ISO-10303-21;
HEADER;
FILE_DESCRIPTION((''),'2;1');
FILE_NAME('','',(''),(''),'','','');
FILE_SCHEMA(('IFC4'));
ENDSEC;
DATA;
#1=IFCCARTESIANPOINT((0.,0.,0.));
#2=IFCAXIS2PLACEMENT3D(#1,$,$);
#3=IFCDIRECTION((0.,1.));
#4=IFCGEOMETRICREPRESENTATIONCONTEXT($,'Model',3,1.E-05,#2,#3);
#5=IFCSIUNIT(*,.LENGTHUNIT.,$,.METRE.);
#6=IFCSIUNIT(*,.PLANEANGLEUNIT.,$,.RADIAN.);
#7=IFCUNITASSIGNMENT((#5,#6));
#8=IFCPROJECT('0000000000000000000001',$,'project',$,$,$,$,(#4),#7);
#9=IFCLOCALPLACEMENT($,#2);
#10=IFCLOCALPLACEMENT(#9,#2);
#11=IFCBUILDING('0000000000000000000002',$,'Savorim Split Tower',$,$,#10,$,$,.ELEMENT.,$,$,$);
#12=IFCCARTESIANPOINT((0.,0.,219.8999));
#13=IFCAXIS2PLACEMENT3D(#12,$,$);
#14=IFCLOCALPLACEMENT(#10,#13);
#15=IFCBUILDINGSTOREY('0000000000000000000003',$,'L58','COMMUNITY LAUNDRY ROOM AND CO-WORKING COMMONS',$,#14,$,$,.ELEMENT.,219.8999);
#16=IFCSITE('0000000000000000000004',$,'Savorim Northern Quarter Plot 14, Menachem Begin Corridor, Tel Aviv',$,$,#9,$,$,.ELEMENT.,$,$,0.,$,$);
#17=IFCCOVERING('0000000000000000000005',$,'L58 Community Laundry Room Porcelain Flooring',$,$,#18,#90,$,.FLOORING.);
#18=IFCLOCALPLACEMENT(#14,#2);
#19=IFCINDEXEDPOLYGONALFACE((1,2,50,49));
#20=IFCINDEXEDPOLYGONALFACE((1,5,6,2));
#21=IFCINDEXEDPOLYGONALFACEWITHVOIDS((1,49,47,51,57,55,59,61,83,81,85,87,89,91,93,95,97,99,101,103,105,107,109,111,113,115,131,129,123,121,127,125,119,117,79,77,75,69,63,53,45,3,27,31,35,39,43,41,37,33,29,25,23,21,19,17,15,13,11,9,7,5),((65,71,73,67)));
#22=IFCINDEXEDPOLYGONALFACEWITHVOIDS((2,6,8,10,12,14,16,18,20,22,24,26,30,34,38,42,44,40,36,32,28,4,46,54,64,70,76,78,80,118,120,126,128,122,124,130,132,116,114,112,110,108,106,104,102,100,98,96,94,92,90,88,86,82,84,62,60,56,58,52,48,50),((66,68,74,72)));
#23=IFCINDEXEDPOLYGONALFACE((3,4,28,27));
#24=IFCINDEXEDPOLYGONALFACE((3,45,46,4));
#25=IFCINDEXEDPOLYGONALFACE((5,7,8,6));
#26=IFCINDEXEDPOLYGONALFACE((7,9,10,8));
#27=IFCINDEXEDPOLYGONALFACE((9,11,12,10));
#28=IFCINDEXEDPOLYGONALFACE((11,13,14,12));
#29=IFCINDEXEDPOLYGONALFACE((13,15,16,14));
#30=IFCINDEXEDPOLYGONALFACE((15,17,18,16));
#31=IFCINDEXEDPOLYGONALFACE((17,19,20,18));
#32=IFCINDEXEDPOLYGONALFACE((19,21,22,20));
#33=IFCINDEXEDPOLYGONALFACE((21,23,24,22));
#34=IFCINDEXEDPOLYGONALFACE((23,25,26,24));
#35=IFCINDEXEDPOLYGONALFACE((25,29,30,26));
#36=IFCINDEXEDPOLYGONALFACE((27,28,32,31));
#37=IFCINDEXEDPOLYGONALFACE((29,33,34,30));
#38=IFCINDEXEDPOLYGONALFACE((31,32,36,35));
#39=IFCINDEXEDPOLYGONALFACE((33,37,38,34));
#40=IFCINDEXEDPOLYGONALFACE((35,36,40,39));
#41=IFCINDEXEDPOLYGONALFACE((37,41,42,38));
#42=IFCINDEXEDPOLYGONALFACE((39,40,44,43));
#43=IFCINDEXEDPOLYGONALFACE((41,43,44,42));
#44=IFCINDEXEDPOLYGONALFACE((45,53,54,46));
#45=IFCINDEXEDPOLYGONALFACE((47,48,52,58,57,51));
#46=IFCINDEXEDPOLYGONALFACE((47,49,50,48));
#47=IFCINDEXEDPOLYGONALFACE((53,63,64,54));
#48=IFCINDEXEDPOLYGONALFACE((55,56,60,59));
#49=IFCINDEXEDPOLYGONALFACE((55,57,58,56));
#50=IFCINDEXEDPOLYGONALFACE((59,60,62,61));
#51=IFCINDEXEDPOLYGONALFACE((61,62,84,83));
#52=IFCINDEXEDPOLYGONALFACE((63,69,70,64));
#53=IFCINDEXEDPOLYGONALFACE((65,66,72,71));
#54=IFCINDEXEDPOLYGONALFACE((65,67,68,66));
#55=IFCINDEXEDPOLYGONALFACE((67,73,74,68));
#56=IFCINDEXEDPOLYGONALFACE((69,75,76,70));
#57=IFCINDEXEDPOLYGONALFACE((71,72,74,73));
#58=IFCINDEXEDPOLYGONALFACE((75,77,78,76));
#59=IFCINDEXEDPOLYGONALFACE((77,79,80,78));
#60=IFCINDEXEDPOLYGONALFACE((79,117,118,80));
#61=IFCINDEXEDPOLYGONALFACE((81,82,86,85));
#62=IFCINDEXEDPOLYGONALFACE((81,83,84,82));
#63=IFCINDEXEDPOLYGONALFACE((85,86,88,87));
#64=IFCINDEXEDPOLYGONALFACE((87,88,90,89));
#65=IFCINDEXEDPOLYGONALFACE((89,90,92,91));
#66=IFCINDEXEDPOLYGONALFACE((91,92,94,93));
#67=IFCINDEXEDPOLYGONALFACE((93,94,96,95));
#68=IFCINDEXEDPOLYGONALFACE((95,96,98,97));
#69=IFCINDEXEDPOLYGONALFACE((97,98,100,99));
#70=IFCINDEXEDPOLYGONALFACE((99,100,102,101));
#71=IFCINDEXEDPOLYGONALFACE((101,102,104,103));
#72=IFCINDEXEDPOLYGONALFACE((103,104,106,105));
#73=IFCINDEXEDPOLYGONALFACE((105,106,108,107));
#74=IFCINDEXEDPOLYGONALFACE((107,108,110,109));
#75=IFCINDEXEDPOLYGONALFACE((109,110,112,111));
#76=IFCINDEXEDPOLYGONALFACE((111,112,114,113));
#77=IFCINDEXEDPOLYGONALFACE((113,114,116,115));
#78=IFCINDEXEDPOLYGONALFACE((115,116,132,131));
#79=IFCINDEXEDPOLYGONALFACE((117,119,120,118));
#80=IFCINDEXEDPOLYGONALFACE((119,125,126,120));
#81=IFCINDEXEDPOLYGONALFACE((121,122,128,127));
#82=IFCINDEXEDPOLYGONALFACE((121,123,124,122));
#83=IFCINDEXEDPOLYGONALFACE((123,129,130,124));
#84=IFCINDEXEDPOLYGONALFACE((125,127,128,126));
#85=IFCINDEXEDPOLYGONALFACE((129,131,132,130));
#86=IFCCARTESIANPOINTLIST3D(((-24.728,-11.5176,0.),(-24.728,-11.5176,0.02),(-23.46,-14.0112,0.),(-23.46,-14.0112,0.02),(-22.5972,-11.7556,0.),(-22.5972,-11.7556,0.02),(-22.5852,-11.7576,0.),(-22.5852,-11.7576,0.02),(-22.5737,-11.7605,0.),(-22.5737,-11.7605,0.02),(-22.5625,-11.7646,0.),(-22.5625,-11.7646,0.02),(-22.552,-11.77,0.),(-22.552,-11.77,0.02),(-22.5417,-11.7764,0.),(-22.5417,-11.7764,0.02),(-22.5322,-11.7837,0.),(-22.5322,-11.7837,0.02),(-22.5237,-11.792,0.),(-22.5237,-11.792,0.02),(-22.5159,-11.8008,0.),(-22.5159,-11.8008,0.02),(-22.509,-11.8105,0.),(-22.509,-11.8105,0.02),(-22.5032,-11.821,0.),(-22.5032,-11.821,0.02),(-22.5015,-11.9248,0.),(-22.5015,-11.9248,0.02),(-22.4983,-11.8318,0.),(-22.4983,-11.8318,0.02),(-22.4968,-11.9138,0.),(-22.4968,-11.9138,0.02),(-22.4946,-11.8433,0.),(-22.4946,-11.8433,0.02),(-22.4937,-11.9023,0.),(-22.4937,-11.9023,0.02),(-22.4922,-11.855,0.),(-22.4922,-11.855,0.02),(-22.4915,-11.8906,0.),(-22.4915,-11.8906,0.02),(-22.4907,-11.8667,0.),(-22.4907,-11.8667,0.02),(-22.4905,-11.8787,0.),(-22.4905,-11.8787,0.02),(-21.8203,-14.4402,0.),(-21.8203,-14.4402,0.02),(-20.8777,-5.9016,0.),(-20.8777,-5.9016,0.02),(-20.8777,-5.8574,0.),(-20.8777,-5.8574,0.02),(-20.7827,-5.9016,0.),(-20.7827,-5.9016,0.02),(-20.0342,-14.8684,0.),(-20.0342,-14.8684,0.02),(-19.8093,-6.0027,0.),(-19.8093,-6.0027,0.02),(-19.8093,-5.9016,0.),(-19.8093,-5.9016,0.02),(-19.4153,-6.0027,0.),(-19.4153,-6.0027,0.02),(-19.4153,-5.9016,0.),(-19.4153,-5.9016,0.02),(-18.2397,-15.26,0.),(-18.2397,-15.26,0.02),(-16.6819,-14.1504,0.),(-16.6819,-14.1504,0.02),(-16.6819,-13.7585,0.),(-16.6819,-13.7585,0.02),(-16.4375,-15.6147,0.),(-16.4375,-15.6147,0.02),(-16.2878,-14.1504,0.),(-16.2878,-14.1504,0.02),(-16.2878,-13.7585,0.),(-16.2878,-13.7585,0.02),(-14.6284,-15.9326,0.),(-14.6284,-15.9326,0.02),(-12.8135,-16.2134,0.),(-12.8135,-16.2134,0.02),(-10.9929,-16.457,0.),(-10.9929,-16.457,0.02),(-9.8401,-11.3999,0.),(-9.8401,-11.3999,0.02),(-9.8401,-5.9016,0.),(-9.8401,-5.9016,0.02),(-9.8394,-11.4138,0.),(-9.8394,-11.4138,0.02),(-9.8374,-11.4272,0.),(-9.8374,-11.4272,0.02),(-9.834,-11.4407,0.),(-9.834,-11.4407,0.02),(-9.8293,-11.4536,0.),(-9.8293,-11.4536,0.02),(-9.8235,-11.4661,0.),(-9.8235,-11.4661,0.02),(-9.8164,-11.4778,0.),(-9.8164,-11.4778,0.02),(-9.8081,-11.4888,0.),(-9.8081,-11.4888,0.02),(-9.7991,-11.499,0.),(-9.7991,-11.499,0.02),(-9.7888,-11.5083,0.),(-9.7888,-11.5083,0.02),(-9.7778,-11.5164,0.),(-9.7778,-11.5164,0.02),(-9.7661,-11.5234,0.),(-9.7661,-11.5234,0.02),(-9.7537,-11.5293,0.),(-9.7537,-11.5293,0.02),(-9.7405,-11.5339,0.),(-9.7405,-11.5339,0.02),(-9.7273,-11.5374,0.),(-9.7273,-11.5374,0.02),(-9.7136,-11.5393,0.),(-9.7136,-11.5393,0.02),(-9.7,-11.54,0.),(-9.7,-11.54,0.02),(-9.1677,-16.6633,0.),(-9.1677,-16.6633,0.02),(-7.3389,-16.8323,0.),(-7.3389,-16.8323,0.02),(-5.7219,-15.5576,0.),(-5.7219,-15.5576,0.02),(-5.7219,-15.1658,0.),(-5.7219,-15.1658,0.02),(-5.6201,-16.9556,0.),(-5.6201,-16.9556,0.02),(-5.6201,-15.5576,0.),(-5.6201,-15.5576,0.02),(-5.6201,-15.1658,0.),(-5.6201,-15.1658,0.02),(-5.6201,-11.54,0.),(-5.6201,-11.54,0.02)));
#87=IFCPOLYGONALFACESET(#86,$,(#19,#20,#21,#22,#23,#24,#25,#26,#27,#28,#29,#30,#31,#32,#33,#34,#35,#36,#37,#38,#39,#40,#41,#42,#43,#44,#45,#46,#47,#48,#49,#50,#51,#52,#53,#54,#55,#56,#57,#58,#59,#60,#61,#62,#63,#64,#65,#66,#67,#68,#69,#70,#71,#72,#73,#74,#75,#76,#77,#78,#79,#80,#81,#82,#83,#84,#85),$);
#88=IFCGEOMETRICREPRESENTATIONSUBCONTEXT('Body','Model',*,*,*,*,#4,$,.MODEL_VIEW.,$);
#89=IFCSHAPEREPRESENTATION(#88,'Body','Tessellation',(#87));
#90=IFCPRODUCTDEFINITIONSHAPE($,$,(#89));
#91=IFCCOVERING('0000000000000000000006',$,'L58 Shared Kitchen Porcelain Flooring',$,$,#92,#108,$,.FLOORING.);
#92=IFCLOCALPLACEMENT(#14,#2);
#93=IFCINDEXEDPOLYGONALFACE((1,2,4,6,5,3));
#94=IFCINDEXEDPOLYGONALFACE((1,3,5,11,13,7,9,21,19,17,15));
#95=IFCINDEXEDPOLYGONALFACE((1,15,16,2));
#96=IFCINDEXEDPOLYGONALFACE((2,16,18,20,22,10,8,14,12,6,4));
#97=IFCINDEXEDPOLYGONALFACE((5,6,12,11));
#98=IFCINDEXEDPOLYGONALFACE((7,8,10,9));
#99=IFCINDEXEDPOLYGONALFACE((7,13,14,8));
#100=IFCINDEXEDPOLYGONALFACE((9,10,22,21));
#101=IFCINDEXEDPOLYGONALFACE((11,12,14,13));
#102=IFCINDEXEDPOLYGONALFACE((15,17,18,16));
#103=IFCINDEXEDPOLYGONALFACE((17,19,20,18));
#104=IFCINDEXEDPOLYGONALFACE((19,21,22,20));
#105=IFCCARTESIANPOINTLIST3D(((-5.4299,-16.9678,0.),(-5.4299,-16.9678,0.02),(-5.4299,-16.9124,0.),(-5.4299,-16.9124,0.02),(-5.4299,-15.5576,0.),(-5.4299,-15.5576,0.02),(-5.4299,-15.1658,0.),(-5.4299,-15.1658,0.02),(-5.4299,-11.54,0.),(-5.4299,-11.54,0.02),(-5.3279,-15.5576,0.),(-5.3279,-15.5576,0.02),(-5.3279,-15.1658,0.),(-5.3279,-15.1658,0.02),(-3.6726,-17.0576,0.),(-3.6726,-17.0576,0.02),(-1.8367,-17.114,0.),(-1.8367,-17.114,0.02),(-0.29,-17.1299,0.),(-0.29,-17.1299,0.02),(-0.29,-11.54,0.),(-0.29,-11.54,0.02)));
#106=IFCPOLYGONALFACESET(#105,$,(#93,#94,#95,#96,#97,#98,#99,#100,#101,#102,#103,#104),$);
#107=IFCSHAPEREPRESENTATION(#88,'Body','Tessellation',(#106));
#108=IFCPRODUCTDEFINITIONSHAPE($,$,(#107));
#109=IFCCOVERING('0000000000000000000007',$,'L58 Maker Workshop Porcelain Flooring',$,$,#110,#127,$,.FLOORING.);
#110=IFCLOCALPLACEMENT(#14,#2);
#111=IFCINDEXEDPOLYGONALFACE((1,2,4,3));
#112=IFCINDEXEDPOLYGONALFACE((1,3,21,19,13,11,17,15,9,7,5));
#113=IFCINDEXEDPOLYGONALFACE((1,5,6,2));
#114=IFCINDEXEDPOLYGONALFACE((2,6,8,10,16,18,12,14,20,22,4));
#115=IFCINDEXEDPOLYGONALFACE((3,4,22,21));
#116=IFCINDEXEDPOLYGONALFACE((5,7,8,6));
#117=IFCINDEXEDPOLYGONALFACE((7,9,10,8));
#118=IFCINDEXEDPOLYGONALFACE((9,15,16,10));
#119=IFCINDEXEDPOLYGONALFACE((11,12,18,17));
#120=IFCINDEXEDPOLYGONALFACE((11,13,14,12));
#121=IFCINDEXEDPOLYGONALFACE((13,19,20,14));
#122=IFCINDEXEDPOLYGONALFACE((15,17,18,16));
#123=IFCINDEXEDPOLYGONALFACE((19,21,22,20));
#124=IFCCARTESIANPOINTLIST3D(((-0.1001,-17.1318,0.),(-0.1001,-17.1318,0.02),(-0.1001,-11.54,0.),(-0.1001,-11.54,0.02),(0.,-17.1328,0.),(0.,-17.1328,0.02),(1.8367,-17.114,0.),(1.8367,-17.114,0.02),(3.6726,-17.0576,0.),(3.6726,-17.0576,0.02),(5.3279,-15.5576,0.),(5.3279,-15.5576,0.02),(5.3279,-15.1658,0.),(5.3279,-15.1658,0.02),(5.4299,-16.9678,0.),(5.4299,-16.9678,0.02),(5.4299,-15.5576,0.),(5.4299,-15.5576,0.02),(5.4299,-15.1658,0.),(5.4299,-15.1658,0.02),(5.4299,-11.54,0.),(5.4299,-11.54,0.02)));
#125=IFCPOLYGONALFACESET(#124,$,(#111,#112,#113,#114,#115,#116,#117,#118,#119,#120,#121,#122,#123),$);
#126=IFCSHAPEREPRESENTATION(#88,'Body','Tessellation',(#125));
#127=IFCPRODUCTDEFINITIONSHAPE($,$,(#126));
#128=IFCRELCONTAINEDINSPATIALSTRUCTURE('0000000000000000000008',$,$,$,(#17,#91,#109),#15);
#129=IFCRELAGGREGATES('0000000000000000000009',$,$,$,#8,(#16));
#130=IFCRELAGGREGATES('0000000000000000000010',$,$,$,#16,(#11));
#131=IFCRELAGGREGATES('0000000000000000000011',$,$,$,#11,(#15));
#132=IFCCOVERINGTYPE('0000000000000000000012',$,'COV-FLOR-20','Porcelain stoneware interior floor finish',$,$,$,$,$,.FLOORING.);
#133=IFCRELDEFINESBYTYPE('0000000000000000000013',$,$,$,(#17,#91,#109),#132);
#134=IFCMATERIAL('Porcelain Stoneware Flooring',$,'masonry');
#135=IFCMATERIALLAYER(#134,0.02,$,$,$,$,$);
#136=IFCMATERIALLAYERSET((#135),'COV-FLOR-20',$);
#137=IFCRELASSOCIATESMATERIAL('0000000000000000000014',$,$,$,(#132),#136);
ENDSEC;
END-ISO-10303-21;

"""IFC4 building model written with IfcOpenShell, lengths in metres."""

from ifc_helpers import new_model, si_unit, direction, frame, origin, place, context, subcontext, project, spatial, polyline, outline, extrude, material, layer, layer_set, type_object, element, save


model = new_model("IFC4")

# Units and contexts
model_context = context("Model", 3, precision=1e-05, world=origin(), true_north=direction((0.0, 1.0)))
body_context = subcontext(model_context, "Body", "Model", "MODEL_VIEW")
ifc_project = project(units=[si_unit("LENGTHUNIT", "METRE"), si_unit("PLANEANGLEUNIT", "RADIAN")], contexts=[model_context])

# Site, building, storey
site_placement = place(None, origin())
site = spatial("IfcSite", under=ifc_project, at=site_placement, Name="Savorim Northern Quarter Plot 14, Menachem Begin Corridor, Tel Aviv", CompositionType="ELEMENT", RefElevation=0.0)
building_placement = place(site_placement, origin())
building = spatial("IfcBuilding", under=site, at=building_placement, Name="Savorim Split Tower", CompositionType="ELEMENT")
storey_placement = place(building_placement, frame((0.0, 0.0, 219.8999)))
storey = spatial("IfcBuildingStorey", under=building, at=storey_placement, Name="L58", Description="COMMUNITY LAUNDRY ROOM AND CO-WORKING COMMONS", CompositionType="ELEMENT", Elevation=219.8999)

# Coverings
ifc_material_1 = material(Name="Porcelain Stoneware Flooring", Category="masonry")
ifc_layer_1 = layer(ifc_material_1, 0.02)
ifc_layer_set_1 = layer_set([ifc_layer_1], Name="COV-FLOR-20")
covering_type_1 = type_object("IfcCoveringType", Name="COV-FLOR-20", Description="Porcelain stoneware interior floor finish", PredefinedType="FLOORING", material=ifc_layer_set_1)
covering_1_placement = place(storey_placement, origin())
element("IfcCovering", 1, at=covering_1_placement, inside=storey, type_object=covering_type_1, Name="L58 Community Laundry Room Porcelain Flooring", PredefinedType="FLOORING", context=body_context, shape_type="SweptSolid", body=[
    extrude(outline(polyline([(-22.4907, -11.8667), (-22.4905, -11.8787), (-22.4915, -11.8906), (-22.4937, -11.9023), (-22.4968, -11.9138), (-22.5015, -11.9248), (-23.46, -14.0112), (-21.8203, -14.4402), (-20.0342, -14.8684), (-18.2397, -15.26), (-16.4375, -15.6147), (-14.6284, -15.9326), (-12.8135, -16.2134), (-10.9929, -16.457), (-9.1677, -16.6633), (-7.3389, -16.8323), (-5.6201, -16.9556), (-5.6201, -15.5576), (-5.7219, -15.5576), (-5.7219, -15.1658), (-5.6201, -15.1658), (-5.6201, -11.54), (-9.7, -11.54), (-9.7136, -11.5393), (-9.7273, -11.5374), (-9.7405, -11.5339), (-9.7537, -11.5293), (-9.7661, -11.5234), (-9.7778, -11.5164), (-9.7888, -11.5083), (-9.7991, -11.499), (-9.8081, -11.4888), (-9.8164, -11.4778), (-9.8235, -11.4661), (-9.8293, -11.4536), (-9.834, -11.4407), (-9.8374, -11.4272), (-9.8394, -11.4138), (-9.8401, -11.3999), (-9.8401, -5.9016), (-19.4153, -5.9016), (-19.4153, -6.0027), (-19.8093, -6.0027), (-19.8093, -5.9016), (-20.7827, -5.9016), (-20.8777, -5.9016), (-20.8777, -5.8574), (-24.728, -11.5176), (-22.5972, -11.7556), (-22.5852, -11.7576), (-22.5737, -11.7605), (-22.5625, -11.7646), (-22.552, -11.77), (-22.5417, -11.7764), (-22.5322, -11.7837), (-22.5237, -11.792), (-22.5159, -11.8008), (-22.509, -11.8105), (-22.5032, -11.821), (-22.4983, -11.8318), (-22.4946, -11.8433), (-22.4922, -11.855), (-22.4907, -11.8667)]), holes=[polyline([(-16.6819, -14.1504), (-16.2878, -14.1504), (-16.2878, -13.7585), (-16.6819, -13.7585), (-16.6819, -14.1504)])]), origin(), (0.0, 0.0, 1.0), 0.02),
])
covering_2_placement = place(storey_placement, origin())
element("IfcCovering", 2, at=covering_2_placement, inside=storey, type_object=covering_type_1, Name="L58 Shared Kitchen Porcelain Flooring", PredefinedType="FLOORING", context=body_context, shape_type="SweptSolid", body=[
    extrude(outline(polyline([(-5.4299, -16.9678), (-3.6726, -17.0576), (-1.8367, -17.114), (-0.29, -17.1299), (-0.29, -11.54), (-5.4299, -11.54), (-5.4299, -15.1658), (-5.3279, -15.1658), (-5.3279, -15.5576), (-5.4299, -15.5576), (-5.4299, -16.9124), (-5.4299, -16.9678)])), origin(), (0.0, 0.0, 1.0), 0.02),
])
covering_3_placement = place(storey_placement, origin())
element("IfcCovering", 3, at=covering_3_placement, inside=storey, type_object=covering_type_1, Name="L58 Maker Workshop Porcelain Flooring", PredefinedType="FLOORING", context=body_context, shape_type="SweptSolid", body=[
    extrude(outline(polyline([(-0.1001, -17.1318), (0.0, -17.1328), (1.8367, -17.114), (3.6726, -17.0576), (5.4299, -16.9678), (5.4299, -15.5576), (5.3279, -15.5576), (5.3279, -15.1658), (5.4299, -15.1658), (5.4299, -11.54), (-0.1001, -11.54), (-0.1001, -17.1318)])), origin(), (0.0, 0.0, 1.0), 0.02),
])

save(model, "model.ifc")
